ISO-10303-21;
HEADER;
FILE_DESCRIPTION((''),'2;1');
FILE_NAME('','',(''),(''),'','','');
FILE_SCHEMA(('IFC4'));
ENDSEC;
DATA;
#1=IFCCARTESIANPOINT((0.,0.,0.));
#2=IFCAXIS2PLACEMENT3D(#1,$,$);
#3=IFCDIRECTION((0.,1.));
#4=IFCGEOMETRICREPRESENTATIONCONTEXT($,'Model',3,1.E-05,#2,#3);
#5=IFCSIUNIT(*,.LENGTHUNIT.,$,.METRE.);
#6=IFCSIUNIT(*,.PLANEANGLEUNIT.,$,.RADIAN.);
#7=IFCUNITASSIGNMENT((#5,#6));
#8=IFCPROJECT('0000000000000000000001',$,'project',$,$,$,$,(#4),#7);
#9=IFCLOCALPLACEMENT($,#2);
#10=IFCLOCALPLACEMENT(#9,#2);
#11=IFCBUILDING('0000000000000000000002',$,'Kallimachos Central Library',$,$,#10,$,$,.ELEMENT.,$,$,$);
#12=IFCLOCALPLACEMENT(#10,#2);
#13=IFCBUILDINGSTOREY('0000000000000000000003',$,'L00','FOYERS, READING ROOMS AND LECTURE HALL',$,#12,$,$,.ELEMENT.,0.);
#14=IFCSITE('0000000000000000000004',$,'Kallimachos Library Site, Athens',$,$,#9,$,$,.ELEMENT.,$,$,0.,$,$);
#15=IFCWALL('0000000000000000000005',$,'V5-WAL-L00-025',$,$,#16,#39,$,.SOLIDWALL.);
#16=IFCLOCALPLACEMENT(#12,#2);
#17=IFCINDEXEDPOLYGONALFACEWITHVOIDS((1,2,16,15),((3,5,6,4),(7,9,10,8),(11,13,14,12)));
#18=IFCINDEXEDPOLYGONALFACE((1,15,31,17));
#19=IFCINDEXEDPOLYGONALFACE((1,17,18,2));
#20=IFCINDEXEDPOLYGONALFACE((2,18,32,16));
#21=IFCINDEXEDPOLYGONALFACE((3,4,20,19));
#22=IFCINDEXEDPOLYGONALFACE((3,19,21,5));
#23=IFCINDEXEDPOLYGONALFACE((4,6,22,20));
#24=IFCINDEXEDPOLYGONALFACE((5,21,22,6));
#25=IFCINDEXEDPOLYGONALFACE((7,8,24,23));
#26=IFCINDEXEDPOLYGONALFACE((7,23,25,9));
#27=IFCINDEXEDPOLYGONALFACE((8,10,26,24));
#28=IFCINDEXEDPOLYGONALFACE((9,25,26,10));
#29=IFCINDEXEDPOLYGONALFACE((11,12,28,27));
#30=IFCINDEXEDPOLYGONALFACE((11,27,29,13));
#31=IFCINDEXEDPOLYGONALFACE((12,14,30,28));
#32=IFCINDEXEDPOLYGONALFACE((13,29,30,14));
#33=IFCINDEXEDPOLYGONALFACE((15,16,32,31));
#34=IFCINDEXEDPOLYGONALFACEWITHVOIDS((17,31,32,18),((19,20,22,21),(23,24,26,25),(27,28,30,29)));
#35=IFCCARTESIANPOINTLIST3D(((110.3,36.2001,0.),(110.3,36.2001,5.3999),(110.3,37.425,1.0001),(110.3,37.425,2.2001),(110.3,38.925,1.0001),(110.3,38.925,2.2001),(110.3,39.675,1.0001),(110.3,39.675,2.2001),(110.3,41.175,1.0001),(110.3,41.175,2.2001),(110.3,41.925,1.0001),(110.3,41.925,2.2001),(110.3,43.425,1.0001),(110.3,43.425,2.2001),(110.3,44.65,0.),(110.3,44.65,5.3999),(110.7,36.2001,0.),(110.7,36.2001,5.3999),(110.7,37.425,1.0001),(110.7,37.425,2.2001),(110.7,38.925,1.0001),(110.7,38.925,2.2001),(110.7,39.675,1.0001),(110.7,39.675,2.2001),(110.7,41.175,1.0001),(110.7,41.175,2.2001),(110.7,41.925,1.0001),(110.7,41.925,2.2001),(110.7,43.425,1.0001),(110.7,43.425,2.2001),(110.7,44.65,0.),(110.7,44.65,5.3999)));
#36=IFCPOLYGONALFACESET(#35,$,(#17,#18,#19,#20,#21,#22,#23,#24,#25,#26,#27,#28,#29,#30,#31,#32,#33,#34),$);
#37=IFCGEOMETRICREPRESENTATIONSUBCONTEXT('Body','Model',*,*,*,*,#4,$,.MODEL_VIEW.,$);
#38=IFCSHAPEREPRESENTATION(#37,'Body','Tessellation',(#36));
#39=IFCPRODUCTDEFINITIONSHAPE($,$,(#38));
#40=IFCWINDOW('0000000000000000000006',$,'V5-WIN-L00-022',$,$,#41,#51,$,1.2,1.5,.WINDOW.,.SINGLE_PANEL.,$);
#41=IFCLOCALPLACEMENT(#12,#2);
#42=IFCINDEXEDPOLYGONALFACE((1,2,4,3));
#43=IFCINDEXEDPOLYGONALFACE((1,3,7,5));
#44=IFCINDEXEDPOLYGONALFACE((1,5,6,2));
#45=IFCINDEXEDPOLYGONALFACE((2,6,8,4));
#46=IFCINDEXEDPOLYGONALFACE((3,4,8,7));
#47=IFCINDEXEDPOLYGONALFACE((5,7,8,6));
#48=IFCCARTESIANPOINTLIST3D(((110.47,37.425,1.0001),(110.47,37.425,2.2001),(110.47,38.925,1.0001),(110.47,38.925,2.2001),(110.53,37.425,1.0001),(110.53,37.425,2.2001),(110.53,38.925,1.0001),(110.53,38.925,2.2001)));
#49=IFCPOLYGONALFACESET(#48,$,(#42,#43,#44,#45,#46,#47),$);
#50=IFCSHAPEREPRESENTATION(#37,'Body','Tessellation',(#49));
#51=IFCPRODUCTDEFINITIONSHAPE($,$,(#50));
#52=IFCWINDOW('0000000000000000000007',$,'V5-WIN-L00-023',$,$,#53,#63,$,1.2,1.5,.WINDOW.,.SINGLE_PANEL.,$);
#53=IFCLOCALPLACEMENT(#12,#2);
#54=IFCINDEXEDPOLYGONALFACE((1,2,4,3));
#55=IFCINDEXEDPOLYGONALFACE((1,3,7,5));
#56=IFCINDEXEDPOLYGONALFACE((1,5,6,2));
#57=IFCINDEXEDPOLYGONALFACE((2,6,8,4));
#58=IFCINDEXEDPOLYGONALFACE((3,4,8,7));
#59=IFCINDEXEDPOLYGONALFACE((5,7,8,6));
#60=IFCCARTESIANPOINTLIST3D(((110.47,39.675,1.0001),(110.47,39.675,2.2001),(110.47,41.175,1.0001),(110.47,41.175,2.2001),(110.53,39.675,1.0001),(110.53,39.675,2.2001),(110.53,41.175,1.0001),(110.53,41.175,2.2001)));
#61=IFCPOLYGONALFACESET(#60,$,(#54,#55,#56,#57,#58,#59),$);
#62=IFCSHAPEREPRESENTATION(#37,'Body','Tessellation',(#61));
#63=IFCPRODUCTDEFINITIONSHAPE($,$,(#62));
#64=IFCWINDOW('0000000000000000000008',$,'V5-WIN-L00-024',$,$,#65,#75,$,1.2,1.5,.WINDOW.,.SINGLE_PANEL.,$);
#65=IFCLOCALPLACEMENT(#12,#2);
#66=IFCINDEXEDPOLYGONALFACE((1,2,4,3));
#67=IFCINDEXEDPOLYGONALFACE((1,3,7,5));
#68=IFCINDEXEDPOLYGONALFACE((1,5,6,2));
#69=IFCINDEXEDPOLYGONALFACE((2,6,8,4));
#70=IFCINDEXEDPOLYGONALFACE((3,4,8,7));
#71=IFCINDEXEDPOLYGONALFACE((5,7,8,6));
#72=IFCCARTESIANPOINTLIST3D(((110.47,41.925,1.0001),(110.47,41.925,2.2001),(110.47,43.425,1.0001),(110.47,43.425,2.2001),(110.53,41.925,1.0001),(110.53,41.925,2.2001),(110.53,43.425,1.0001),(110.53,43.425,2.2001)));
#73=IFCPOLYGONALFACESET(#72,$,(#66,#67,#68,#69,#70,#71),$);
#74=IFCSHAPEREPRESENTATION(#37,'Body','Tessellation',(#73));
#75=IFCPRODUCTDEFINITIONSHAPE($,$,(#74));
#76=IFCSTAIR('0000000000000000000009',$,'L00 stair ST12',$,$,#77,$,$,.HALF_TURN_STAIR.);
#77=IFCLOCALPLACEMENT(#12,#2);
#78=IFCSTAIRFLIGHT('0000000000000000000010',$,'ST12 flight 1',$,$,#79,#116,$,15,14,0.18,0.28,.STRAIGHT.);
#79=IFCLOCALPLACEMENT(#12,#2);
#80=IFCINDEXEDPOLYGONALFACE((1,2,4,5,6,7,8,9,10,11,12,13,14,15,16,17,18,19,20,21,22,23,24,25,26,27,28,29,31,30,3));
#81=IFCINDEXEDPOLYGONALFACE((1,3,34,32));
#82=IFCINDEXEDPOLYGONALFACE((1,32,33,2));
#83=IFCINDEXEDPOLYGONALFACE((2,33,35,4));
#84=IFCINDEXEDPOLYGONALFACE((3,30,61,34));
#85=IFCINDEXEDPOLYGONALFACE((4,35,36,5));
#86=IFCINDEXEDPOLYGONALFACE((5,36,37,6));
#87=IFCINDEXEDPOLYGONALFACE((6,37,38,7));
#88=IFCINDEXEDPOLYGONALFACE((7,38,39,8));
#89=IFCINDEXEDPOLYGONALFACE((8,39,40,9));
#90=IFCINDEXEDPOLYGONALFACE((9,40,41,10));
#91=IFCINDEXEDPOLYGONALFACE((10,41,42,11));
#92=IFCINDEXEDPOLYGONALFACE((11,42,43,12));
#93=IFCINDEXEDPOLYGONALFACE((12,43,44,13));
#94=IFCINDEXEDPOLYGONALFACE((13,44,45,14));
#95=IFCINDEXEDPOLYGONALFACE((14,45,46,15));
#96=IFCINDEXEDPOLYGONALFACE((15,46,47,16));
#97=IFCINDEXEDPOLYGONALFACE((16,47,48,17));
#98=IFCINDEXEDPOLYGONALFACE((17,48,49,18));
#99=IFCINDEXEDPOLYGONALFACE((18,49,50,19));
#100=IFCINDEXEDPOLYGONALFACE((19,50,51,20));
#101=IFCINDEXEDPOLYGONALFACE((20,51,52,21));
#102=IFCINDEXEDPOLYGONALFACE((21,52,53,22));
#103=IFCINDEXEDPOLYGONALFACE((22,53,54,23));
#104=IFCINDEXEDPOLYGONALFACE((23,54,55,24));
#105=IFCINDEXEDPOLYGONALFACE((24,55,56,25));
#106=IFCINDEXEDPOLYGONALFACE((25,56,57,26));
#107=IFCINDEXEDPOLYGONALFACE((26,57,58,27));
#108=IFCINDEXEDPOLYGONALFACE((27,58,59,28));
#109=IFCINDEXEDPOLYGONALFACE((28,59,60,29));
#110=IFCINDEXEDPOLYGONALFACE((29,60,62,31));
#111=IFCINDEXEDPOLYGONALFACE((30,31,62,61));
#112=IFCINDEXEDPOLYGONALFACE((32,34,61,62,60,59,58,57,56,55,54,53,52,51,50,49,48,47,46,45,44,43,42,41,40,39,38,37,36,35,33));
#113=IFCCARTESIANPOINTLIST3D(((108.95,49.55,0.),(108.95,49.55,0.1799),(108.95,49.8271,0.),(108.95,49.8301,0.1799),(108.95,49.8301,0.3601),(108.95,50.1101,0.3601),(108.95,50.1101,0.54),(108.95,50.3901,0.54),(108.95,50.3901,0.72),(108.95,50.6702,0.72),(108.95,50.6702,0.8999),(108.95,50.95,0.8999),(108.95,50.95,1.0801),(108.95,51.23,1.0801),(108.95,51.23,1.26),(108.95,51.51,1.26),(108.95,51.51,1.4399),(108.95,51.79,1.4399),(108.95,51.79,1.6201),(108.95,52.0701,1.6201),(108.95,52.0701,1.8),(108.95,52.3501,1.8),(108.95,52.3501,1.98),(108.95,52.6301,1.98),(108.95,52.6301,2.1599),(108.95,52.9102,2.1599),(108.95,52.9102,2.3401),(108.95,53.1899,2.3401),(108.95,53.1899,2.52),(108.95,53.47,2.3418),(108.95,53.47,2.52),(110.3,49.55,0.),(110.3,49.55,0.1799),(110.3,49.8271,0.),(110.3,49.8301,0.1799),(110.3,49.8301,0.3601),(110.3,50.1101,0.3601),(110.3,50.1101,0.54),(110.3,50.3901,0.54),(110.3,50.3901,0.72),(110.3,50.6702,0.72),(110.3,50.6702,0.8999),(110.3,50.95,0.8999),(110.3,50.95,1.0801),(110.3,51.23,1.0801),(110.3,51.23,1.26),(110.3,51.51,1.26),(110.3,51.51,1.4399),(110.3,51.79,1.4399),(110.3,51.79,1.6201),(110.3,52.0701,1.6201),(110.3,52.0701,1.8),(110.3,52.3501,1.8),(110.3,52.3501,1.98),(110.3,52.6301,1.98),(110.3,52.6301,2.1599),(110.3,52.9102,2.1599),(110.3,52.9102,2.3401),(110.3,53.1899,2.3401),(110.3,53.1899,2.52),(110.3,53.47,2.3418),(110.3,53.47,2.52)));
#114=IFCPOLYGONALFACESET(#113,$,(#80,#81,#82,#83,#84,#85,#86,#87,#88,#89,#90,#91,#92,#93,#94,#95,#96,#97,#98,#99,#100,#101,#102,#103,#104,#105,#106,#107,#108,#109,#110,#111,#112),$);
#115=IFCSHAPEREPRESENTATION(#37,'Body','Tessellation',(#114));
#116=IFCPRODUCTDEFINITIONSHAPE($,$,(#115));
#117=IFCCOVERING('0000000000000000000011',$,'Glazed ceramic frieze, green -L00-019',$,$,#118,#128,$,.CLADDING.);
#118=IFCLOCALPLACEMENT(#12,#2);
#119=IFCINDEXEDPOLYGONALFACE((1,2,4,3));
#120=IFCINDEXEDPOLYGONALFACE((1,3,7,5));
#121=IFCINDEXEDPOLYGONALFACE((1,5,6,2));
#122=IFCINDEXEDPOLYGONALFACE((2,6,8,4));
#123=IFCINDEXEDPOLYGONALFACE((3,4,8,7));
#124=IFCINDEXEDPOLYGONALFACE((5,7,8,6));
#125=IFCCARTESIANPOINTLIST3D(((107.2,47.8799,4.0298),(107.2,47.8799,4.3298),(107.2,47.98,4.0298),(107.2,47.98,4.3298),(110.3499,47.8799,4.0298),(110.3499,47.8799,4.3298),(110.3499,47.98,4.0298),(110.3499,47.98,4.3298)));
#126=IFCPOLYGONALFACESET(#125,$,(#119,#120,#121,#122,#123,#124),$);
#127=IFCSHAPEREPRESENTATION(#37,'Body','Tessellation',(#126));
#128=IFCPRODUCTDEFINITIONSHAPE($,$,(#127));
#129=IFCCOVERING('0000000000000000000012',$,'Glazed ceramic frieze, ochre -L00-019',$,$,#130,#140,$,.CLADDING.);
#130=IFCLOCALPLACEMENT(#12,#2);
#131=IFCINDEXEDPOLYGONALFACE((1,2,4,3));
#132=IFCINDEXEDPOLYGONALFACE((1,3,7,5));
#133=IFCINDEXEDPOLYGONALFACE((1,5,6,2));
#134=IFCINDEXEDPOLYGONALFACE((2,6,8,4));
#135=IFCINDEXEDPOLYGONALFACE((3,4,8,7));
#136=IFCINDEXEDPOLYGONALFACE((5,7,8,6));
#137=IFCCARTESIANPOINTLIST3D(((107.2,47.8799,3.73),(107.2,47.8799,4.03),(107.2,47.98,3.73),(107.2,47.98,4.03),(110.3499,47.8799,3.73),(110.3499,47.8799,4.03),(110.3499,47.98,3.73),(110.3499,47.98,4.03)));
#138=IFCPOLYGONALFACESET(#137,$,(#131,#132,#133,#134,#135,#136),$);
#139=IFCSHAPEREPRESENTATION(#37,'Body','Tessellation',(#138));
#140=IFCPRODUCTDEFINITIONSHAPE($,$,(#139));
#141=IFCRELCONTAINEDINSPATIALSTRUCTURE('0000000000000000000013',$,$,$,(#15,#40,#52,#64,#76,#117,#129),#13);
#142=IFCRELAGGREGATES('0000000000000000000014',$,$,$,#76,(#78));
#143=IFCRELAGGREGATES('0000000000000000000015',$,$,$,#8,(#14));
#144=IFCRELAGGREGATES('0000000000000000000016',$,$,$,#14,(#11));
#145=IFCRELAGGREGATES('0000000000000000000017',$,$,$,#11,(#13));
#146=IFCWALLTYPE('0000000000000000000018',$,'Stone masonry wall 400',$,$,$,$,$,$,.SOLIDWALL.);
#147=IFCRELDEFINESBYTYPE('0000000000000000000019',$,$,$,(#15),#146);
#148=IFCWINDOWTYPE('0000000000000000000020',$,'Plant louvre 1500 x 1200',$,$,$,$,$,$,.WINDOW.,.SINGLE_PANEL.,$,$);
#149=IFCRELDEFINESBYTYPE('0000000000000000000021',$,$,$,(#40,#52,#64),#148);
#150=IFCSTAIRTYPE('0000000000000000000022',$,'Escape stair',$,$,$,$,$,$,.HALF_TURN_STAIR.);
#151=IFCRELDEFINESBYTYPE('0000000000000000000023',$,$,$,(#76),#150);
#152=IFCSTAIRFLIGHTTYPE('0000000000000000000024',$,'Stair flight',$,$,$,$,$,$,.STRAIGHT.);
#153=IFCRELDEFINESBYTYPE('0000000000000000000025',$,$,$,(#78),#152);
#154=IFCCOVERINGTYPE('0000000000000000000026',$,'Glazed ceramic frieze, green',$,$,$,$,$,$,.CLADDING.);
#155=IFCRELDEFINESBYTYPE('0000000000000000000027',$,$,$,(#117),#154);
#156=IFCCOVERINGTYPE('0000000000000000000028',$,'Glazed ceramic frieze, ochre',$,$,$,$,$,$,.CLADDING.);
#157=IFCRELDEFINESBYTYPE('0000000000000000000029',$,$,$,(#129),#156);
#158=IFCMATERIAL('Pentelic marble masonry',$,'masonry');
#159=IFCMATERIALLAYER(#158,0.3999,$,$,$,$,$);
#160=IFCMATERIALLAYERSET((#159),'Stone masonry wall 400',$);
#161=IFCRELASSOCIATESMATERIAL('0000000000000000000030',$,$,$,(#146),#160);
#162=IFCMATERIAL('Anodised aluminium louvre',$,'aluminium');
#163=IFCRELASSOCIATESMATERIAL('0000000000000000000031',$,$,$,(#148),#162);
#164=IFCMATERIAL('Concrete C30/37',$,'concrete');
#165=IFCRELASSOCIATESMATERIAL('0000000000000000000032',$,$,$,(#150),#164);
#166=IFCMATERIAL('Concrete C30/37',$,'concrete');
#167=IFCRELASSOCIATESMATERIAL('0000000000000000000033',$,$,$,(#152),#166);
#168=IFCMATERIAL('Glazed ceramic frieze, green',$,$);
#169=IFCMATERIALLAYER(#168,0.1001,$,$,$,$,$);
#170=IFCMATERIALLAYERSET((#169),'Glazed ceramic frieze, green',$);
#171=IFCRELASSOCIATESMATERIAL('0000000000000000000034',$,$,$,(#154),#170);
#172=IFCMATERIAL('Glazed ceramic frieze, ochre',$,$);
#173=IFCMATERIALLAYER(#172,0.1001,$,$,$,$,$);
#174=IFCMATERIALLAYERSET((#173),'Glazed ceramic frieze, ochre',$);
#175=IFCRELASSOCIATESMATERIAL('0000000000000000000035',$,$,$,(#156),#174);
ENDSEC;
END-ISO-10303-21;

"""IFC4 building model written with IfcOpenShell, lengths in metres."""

from ifc_helpers import new_model, si_unit, direction, frame, frame_2d, origin, origin_2d, place, context, subcontext, project, spatial, polyline, rectangle, outline, extrude, material, layer, layer_set, type_object, element, fill, aggregate, save


model = new_model("IFC4")

# Units and contexts
model_context = context("Model", 3, precision=1e-05, world=origin(), true_north=direction((0.0, 1.0)))
body_context = subcontext(model_context, "Body", "Model", "MODEL_VIEW")
ifc_project = project(units=[si_unit("LENGTHUNIT", "METRE"), si_unit("PLANEANGLEUNIT", "RADIAN")], contexts=[model_context])

# Site, building, storey
site_placement = place(None, origin())
site = spatial("IfcSite", under=ifc_project, at=site_placement, Name="Kallimachos Library Site, Athens", CompositionType="ELEMENT", RefElevation=0.0)
building_placement = place(site_placement, origin())
building = spatial("IfcBuilding", under=site, at=building_placement, Name="Kallimachos Central Library", CompositionType="ELEMENT")
storey_placement = place(building_placement, origin())
storey = spatial("IfcBuildingStorey", under=building, at=storey_placement, Name="L00", Description="FOYERS, READING ROOMS AND LECTURE HALL", CompositionType="ELEMENT", Elevation=0.0)

# Wall, openings, windows
ifc_material_1 = material(Name="Pentelic marble masonry", Category="masonry")
ifc_layer_1 = layer(ifc_material_1, 0.3999)
ifc_layer_set_1 = layer_set([ifc_layer_1], Name="Stone masonry wall 400")
wall_type_1 = type_object("IfcWallType", Name="Stone masonry wall 400", PredefinedType="SOLIDWALL", material=ifc_layer_set_1)
wall_1_placement = place(storey_placement, frame((110.5, 36.2, 0.0), z_axis=(0.0, 0.0, 1.0), x_axis=(0.0, 1.0, 0.0)))
wall_1 = element("IfcWall", 1, at=wall_1_placement, inside=storey, type_object=wall_type_1, Name="V5-WAL-L00-025", PredefinedType="SOLIDWALL", context=body_context, shape_type="SweptSolid", body=[
    extrude(rectangle(XDim=8.45, YDim=0.3999, at=frame_2d((4.2251, 0.0))), origin(), (0.0, 0.0, 1.0), 5.3999),
])
opening_1_placement = place(wall_1_placement, frame((1.2251, 0.0, 1.0)))
opening_1 = element("IfcOpeningElement", 2, at=opening_1_placement, cuts=wall_1, PredefinedType="OPENING", context=body_context, shape_type="SweptSolid", body=[
    extrude(rectangle(XDim=1.5, YDim=1.2, at=frame_2d((0.75, 0.6001))), frame((0.0, 0.21, 0.0), z_axis=(0.0, -1.0, 0.0), x_axis=(1.0, 0.0, 0.0)), (0.0, 0.0, 1.0), 0.4199),
])
opening_2_placement = place(wall_1_placement, frame((3.4751, 0.0, 1.0)))
opening_2 = element("IfcOpeningElement", 3, at=opening_2_placement, cuts=wall_1, PredefinedType="OPENING", context=body_context, shape_type="SweptSolid", body=[
    extrude(rectangle(XDim=1.5, YDim=1.2, at=frame_2d((0.75, 0.6001))), frame((0.0, 0.21, 0.0), z_axis=(0.0, -1.0, 0.0), x_axis=(1.0, 0.0, 0.0)), (0.0, 0.0, 1.0), 0.4199),
])
opening_3_placement = place(wall_1_placement, frame((5.7251, 0.0, 1.0)))
opening_3 = element("IfcOpeningElement", 4, at=opening_3_placement, cuts=wall_1, PredefinedType="OPENING", context=body_context, shape_type="SweptSolid", body=[
    extrude(rectangle(XDim=1.5, YDim=1.2, at=frame_2d((0.75, 0.6001))), frame((0.0, 0.21, 0.0), z_axis=(0.0, -1.0, 0.0), x_axis=(1.0, 0.0, 0.0)), (0.0, 0.0, 1.0), 0.4199),
])
ifc_material_2 = material(Name="Anodised aluminium louvre", Category="aluminium")
window_type = type_object("IfcWindowType", Name="Plant louvre 1500 x 1200", PartitioningType="SINGLE_PANEL", PredefinedType="WINDOW", material=ifc_material_2)
window_1_placement = place(opening_1_placement, origin())
window_1 = element("IfcWindow", 5, at=window_1_placement, inside=storey, type_object=window_type, Name="V5-WIN-L00-022", OverallHeight=1.2, OverallWidth=1.5, PartitioningType="SINGLE_PANEL", PredefinedType="WINDOW", context=body_context, shape_type="SweptSolid", body=[
    extrude(rectangle(XDim=1.5, YDim=1.2, at=frame_2d((0.75, 0.6001))), frame((0.0, 0.03, 0.0), z_axis=(0.0, -1.0, 0.0), x_axis=(1.0, 0.0, 0.0)), (0.0, 0.0, 1.0), 0.0601),
])
fill(opening_1, window_1)
window_2_placement = place(opening_2_placement, origin())
window_2 = element("IfcWindow", 6, at=window_2_placement, inside=storey, type_object=window_type, Name="V5-WIN-L00-023", OverallHeight=1.2, OverallWidth=1.5, PartitioningType="SINGLE_PANEL", PredefinedType="WINDOW", context=body_context, shape_type="SweptSolid", body=[
    extrude(rectangle(XDim=1.5, YDim=1.2, at=frame_2d((0.75, 0.6001))), frame((0.0, 0.03, 0.0), z_axis=(0.0, -1.0, 0.0), x_axis=(1.0, 0.0, 0.0)), (0.0, 0.0, 1.0), 0.0601),
])
fill(opening_2, window_2)
window_3_placement = place(opening_3_placement, origin())
window_3 = element("IfcWindow", 7, at=window_3_placement, inside=storey, type_object=window_type, Name="V5-WIN-L00-024", OverallHeight=1.2, OverallWidth=1.5, PartitioningType="SINGLE_PANEL", PredefinedType="WINDOW", context=body_context, shape_type="SweptSolid", body=[
    extrude(rectangle(XDim=1.5, YDim=1.2, at=frame_2d((0.75, 0.6001))), frame((0.0, 0.03, 0.0), z_axis=(0.0, -1.0, 0.0), x_axis=(1.0, 0.0, 0.0)), (0.0, 0.0, 1.0), 0.0601),
])
fill(opening_3, window_3)

# Stair, stair flight
ifc_material_3 = material(Name="Concrete C30/37", Category="concrete")
stair_type = type_object("IfcStairType", Name="Escape stair", PredefinedType="HALF_TURN_STAIR", material=ifc_material_3)
stair_placement = place(storey_placement, origin())
stair = element("IfcStair", 8, at=stair_placement, inside=storey, type_object=stair_type, Name="L00 stair ST12", PredefinedType="HALF_TURN_STAIR")
ifc_material_4 = material(Name="Concrete C30/37", Category="concrete")
stair_flight_type = type_object("IfcStairFlightType", Name="Stair flight", PredefinedType="STRAIGHT", material=ifc_material_4)
stair_flight_placement = place(storey_placement, frame((109.625, 49.55, 0.0), z_axis=(0.0, 0.0, 1.0), x_axis=(0.0, 1.0, 0.0)))
stair_flight = element("IfcStairFlight", 9, at=stair_flight_placement, type_object=stair_flight_type, Name="ST12 flight 1", NumberOfRisers=15, NumberOfTreads=14, PredefinedType="STRAIGHT", RiserHeight=0.18, TreadLength=0.28, context=body_context, shape_type="SweptSolid", body=[
    extrude(outline(polyline([(0.0, 0.0), (0.0, 0.1799), (0.28, 0.1799), (0.28, 0.3601), (0.5601, 0.3601), (0.5601, 0.54), (0.8401, 0.54), (0.8401, 0.72), (1.1201, 0.72), (1.1201, 0.8999), (1.3999, 0.8999), (1.3999, 1.0801), (1.6799, 1.0801), (1.6799, 1.26), (1.96, 1.26), (1.96, 1.4399), (2.24, 1.4399), (2.24, 1.6201), (2.52, 1.6201), (2.52, 1.8), (2.8, 1.8), (2.8, 1.98), (3.0801, 1.98), (3.0801, 2.1599), (3.3601, 2.1599), (3.3601, 2.3401), (3.6399, 2.3401), (3.6399, 2.52), (3.9199, 2.52), (3.9199, 2.7), (3.9199, 2.3418), (0.2771, 0.0), (0.0, 0.0)])), frame((0.0, 0.675, 0.0), z_axis=(0.0, -1.0, 0.0), x_axis=(1.0, 0.0, 0.0)), (0.0, 0.0, 1.0), 1.3501),
])
aggregate(stair, [stair_flight])

# Coverings
ifc_material_5 = material(Name="Glazed ceramic frieze, green")
ifc_layer_2 = layer(ifc_material_5, 0.1001)
ifc_layer_set_2 = layer_set([ifc_layer_2], Name="Glazed ceramic frieze, green")
covering_type_1 = type_object("IfcCoveringType", Name="Glazed ceramic frieze, green", PredefinedType="CLADDING", material=ifc_layer_set_2)
covering_1_placement = place(storey_placement, frame((108.7749, 47.9299, 4.0298), z_axis=(0.0, 0.0, 1.0), x_axis=(1.0, 0.0, 0.0)))
element("IfcCovering", 10, at=covering_1_placement, inside=storey, type_object=covering_type_1, Name="Glazed ceramic frieze, green -L00-019", PredefinedType="CLADDING", context=body_context, shape_type="SweptSolid", body=[
    extrude(rectangle(XDim=3.1499, YDim=0.1001, at=origin_2d()), origin(), (0.0, 0.0, 1.0), 0.3),
])
ifc_material_6 = material(Name="Glazed ceramic frieze, ochre")
ifc_layer_3 = layer(ifc_material_6, 0.1001)
ifc_layer_set_3 = layer_set([ifc_layer_3], Name="Glazed ceramic frieze, ochre")
covering_type_2 = type_object("IfcCoveringType", Name="Glazed ceramic frieze, ochre", PredefinedType="CLADDING", material=ifc_layer_set_3)
covering_2_placement = place(storey_placement, frame((108.7749, 47.9299, 3.73), z_axis=(0.0, 0.0, 1.0), x_axis=(1.0, 0.0, 0.0)))
element("IfcCovering", 11, at=covering_2_placement, inside=storey, type_object=covering_type_2, Name="Glazed ceramic frieze, ochre -L00-019", PredefinedType="CLADDING", context=body_context, shape_type="SweptSolid", body=[
    extrude(rectangle(XDim=3.1499, YDim=0.1001, at=origin_2d()), origin(), (0.0, 0.0, 1.0), 0.3),
])

save(model, "model.ifc")
